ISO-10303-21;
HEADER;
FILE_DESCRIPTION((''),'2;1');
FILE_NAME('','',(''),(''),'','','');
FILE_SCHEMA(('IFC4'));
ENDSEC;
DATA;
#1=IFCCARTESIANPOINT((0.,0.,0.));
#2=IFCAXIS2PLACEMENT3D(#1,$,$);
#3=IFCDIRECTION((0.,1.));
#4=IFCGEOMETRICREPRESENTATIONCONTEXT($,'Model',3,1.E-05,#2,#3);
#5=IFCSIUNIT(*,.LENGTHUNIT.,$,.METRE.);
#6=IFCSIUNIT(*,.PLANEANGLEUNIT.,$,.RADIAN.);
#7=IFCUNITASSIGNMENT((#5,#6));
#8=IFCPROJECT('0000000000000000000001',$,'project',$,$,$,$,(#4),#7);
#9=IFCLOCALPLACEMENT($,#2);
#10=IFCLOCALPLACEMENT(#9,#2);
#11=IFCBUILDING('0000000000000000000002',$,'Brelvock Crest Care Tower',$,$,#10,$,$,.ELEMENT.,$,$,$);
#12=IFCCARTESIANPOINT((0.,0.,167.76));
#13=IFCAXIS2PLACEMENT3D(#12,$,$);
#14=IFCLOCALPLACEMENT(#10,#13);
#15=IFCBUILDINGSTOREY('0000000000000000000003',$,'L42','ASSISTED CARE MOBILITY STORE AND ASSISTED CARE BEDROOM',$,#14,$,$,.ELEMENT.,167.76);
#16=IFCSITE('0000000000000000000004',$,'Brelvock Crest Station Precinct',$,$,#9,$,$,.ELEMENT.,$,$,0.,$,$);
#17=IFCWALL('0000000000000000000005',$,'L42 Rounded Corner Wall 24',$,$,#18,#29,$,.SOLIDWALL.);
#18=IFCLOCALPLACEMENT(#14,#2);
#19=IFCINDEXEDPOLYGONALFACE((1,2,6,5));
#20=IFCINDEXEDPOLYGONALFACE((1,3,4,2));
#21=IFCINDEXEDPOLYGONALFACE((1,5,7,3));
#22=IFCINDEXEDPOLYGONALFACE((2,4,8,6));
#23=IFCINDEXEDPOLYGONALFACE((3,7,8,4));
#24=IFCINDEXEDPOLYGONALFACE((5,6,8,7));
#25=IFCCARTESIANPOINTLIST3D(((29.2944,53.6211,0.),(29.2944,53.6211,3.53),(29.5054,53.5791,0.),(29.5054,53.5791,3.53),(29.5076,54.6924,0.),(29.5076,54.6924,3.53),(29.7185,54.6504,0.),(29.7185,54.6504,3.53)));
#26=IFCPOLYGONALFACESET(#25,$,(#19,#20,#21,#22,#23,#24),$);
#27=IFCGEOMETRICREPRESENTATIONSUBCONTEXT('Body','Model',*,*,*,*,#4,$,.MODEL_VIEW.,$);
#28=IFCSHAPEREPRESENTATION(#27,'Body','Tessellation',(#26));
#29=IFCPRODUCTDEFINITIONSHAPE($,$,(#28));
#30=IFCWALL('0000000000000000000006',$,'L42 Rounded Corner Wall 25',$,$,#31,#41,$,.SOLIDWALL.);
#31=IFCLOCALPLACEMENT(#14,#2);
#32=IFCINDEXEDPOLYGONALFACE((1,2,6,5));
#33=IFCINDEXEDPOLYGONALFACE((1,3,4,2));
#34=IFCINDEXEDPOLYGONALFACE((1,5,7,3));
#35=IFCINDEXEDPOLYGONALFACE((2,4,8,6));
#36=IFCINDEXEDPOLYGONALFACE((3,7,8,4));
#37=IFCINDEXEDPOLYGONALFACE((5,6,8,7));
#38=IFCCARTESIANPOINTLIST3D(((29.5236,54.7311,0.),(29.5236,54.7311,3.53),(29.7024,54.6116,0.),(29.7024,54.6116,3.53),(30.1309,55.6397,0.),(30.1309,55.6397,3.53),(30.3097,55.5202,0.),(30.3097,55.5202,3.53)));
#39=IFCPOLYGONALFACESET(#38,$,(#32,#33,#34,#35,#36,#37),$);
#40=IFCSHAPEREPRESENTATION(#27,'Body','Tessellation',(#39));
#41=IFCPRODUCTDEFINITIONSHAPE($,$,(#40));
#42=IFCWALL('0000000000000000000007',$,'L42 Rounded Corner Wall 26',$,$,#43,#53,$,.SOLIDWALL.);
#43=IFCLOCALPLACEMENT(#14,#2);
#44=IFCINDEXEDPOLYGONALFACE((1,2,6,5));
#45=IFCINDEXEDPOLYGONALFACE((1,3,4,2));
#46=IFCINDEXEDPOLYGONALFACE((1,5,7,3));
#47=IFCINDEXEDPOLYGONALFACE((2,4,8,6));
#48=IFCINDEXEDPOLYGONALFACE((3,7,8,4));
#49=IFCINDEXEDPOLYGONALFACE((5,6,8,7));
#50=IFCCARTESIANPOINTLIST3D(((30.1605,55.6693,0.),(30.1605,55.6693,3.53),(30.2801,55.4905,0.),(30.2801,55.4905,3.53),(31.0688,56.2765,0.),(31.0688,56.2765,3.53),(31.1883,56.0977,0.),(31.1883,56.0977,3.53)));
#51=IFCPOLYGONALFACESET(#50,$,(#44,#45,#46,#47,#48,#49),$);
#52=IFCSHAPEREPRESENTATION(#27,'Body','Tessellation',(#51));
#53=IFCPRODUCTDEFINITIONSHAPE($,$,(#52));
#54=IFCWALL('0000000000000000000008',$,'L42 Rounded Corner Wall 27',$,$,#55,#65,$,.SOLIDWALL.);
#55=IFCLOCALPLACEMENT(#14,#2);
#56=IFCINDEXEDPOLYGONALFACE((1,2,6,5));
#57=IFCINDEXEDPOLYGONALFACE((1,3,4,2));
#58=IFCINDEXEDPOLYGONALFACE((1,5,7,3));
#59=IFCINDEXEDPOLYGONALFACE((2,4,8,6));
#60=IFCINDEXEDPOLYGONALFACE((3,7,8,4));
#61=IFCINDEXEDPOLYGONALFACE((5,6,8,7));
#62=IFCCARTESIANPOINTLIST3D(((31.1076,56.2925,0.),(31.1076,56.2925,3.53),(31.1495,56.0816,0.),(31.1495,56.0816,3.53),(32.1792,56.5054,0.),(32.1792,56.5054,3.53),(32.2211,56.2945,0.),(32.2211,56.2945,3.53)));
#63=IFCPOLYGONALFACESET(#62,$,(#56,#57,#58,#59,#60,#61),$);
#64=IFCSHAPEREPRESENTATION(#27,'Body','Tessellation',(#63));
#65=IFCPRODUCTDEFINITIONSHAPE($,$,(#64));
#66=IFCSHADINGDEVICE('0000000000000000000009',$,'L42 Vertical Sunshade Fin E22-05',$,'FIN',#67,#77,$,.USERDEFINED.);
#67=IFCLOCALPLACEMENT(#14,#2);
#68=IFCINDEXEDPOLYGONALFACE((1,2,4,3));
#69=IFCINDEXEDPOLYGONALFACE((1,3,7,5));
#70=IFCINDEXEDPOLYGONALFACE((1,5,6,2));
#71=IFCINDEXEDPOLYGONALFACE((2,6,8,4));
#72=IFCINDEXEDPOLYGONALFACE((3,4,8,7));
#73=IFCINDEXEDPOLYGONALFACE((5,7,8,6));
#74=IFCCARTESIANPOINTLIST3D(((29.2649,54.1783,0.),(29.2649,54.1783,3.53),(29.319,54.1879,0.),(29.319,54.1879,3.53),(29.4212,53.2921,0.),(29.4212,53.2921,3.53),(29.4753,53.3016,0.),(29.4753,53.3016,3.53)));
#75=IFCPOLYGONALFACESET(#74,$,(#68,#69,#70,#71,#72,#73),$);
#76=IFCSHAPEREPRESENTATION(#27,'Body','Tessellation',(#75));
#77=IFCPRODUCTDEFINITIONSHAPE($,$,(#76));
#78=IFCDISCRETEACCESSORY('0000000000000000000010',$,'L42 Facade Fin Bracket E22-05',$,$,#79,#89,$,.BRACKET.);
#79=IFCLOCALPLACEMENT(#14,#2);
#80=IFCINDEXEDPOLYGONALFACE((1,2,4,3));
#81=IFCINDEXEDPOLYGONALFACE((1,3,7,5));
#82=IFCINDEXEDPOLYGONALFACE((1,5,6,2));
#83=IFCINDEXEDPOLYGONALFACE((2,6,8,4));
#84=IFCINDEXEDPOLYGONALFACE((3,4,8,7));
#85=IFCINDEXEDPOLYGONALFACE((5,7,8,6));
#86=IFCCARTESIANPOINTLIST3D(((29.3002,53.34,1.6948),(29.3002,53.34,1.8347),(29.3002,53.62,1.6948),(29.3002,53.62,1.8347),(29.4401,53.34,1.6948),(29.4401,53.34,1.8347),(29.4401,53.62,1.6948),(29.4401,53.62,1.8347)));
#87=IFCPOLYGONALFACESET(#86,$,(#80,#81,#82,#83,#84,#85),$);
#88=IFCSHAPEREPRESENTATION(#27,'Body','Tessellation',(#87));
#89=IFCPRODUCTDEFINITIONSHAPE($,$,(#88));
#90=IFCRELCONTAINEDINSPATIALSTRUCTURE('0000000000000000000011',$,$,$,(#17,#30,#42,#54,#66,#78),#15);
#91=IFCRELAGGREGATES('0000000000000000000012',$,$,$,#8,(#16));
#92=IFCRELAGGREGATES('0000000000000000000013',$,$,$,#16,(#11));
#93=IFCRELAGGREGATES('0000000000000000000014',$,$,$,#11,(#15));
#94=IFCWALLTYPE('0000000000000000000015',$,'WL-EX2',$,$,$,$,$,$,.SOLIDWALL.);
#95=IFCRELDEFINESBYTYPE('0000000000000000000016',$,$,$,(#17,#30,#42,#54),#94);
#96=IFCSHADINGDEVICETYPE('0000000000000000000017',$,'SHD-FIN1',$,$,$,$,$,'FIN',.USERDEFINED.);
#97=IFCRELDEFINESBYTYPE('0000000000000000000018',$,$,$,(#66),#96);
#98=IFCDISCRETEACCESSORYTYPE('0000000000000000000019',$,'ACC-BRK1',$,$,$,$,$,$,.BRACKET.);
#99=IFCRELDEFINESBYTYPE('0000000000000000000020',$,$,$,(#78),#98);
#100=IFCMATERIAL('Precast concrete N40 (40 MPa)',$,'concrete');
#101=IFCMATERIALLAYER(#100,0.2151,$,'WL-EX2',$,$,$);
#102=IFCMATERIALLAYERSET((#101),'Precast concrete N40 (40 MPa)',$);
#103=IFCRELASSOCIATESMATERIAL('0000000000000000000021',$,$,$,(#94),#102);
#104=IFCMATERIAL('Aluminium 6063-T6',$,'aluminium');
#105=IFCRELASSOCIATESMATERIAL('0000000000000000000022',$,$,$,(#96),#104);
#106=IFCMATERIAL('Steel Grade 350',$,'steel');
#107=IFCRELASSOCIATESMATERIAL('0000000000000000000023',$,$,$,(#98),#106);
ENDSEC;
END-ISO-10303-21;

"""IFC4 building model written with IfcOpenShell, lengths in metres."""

from ifc_helpers import new_model, si_unit, direction, frame, frame_2d, origin, origin_2d, place, context, subcontext, project, spatial, rectangle, extrude, source, transform, mapped, material, layer, layer_set, material_profile, profile_set, type_object, element, save


model = new_model("IFC4")

# Units and contexts
model_context = context("Model", 3, precision=1e-05, world=origin(), true_north=direction((0.0, 1.0)))
body_context = subcontext(model_context, "Body", "Model", "MODEL_VIEW")
ifc_project = project(units=[si_unit("LENGTHUNIT", "METRE"), si_unit("PLANEANGLEUNIT", "RADIAN")], contexts=[model_context])

# Site, building, storey
site_placement = place(None, origin())
site = spatial("IfcSite", under=ifc_project, at=site_placement, Name="Brelvock Crest Station Precinct", CompositionType="ELEMENT", RefElevation=0.0)
building_placement = place(site_placement, origin())
building = spatial("IfcBuilding", under=site, at=building_placement, Name="Brelvock Crest Care Tower", CompositionType="ELEMENT")
storey_placement = place(building_placement, frame((0.0, 0.0, 167.76)))
storey = spatial("IfcBuildingStorey", under=building, at=storey_placement, Name="L42", Description="ASSISTED CARE MOBILITY STORE AND ASSISTED CARE BEDROOM", CompositionType="ELEMENT", Elevation=167.76)

# Shared definitions
ifc_material_1 = material(Name="Steel Grade 350", Category="steel")

# Shared definitions
ifc_material_2 = material(Name="Aluminium 6063-T6", Category="aluminium")

# Walls
ifc_material_3 = material(Name="Precast concrete N40 (40 MPa)", Category="concrete")
ifc_layer_1 = layer(ifc_material_3, 0.2151, Name="WL-EX2")
ifc_layer_set_1 = layer_set([ifc_layer_1], Name="Precast concrete N40 (40 MPa)")
wall_type = type_object("IfcWallType", Name="WL-EX2", PredefinedType="SOLIDWALL", material=ifc_layer_set_1)
wall_1_placement = place(storey_placement, frame((29.3999, 53.6001, 0.0), z_axis=(0.0, 0.0, 1.0), x_axis=(0.195127, 0.980778, 0.0)))
element("IfcWall", 1, at=wall_1_placement, inside=storey, type_object=wall_type, Name="L42 Rounded Corner Wall 24", PredefinedType="SOLIDWALL", context=body_context, shape_type="SweptSolid", body=[
    extrude(rectangle(XDim=1.0923, YDim=0.2151, at=frame_2d((0.5461, 0.0))), origin(), (0.0, 0.0, 1.0), 3.53),
])
wall_2_placement = place(storey_placement, frame((29.613, 54.6714, 0.0), z_axis=(0.0, 0.0, 1.0), x_axis=(0.555679, 0.831397, 0.0)))
element("IfcWall", 2, at=wall_2_placement, inside=storey, type_object=wall_type, Name="L42 Rounded Corner Wall 25", PredefinedType="SOLIDWALL", context=body_context, shape_type="SweptSolid", body=[
    extrude(rectangle(XDim=1.0928, YDim=0.2151, at=frame_2d((0.5464, 0.0))), origin(), (0.0, 0.0, 1.0), 3.53),
])
for number, where, z_axis, x_axis, name in (
    (3, (30.2202, 55.5798, 0.0), (0.0, 0.0, 1.0), (0.831328, 0.555783, 0.0), "L42 Rounded Corner Wall 26"),
    (4, (31.1284, 56.187, 0.0), (0.0, 0.0, 1.0), (0.980829, 0.19487, 0.0), "L42 Rounded Corner Wall 27"),
):
    element("IfcWall", number, at=place(storey_placement, frame(where, z_axis=z_axis, x_axis=x_axis)), inside=storey, type_object=wall_type, Name=name, PredefinedType="SOLIDWALL", context=body_context, shape_type="SweptSolid", body=[
        extrude(rectangle(XDim=1.0925, YDim=0.2151, at=frame_2d((0.5464, 0.0))), origin(), (0.0, 0.0, 1.0), 3.53),
    ])

# Shading device
ifc_material_profile_1 = material_profile(ifc_material_2, rectangle(XDim=0.0549, YDim=0.8999, at=origin_2d()), Name="FIN55x900")
ifc_profile_set_1 = profile_set([ifc_material_profile_1], Name="Aluminium 6063-T6")
shading_device_type = type_object("IfcShadingDeviceType", Name="SHD-FIN1", ElementType="FIN", PredefinedType="USERDEFINED", material=ifc_profile_set_1)
shared_shape_1 = source(origin(), body_context, "Body", "SweptSolid", [
    extrude(rectangle(XDim=0.0549, YDim=0.8999, at=origin_2d()), origin(), (0.0, 0.0, 1.0), 3.53),
])
shading_device_placement = place(storey_placement, frame((29.3701, 53.74, 0.0), z_axis=(0.0, 0.0, 1.0), x_axis=(0.984808, 0.173648, 0.0)))
element("IfcShadingDevice", 5, at=shading_device_placement, inside=storey, type_object=shading_device_type, Name="L42 Vertical Sunshade Fin E22-05", ObjectType="FIN", PredefinedType="USERDEFINED", context=body_context, shape_type="MappedRepresentation", body=[
    mapped(shared_shape_1, transform((0.0, 0.0, 0.0), x_axis=(1.0, 0.0, 0.0), y_axis=(0.0, 1.0, 0.0), z_axis=(0.0, 0.0, 1.0), scale=1.0)),
])

# Discrete accessory
discrete_accessory_type = type_object("IfcDiscreteAccessoryType", Name="ACC-BRK1", PredefinedType="BRACKET", material=ifc_material_1)
shared_shape_2 = source(origin(), body_context, "Body", "SweptSolid", [
    extrude(rectangle(XDim=0.28, YDim=0.1399, at=origin_2d()), origin(), (0.0, 0.0, 1.0), 0.1399),
])
discrete_accessory_placement = place(storey_placement, frame((29.3701, 53.48, 1.6948), z_axis=(0.0, 0.0, 1.0), x_axis=(0.0, 1.0, 0.0)))
element("IfcDiscreteAccessory", 6, at=discrete_accessory_placement, inside=storey, type_object=discrete_accessory_type, Name="L42 Facade Fin Bracket E22-05", PredefinedType="BRACKET", context=body_context, shape_type="MappedRepresentation", body=[
    mapped(shared_shape_2, transform((0.0, 0.0, 0.0), x_axis=(1.0, 0.0, 0.0), y_axis=(0.0, 1.0, 0.0), z_axis=(0.0, 0.0, 1.0), scale=1.0)),
])

save(model, "model.ifc")
